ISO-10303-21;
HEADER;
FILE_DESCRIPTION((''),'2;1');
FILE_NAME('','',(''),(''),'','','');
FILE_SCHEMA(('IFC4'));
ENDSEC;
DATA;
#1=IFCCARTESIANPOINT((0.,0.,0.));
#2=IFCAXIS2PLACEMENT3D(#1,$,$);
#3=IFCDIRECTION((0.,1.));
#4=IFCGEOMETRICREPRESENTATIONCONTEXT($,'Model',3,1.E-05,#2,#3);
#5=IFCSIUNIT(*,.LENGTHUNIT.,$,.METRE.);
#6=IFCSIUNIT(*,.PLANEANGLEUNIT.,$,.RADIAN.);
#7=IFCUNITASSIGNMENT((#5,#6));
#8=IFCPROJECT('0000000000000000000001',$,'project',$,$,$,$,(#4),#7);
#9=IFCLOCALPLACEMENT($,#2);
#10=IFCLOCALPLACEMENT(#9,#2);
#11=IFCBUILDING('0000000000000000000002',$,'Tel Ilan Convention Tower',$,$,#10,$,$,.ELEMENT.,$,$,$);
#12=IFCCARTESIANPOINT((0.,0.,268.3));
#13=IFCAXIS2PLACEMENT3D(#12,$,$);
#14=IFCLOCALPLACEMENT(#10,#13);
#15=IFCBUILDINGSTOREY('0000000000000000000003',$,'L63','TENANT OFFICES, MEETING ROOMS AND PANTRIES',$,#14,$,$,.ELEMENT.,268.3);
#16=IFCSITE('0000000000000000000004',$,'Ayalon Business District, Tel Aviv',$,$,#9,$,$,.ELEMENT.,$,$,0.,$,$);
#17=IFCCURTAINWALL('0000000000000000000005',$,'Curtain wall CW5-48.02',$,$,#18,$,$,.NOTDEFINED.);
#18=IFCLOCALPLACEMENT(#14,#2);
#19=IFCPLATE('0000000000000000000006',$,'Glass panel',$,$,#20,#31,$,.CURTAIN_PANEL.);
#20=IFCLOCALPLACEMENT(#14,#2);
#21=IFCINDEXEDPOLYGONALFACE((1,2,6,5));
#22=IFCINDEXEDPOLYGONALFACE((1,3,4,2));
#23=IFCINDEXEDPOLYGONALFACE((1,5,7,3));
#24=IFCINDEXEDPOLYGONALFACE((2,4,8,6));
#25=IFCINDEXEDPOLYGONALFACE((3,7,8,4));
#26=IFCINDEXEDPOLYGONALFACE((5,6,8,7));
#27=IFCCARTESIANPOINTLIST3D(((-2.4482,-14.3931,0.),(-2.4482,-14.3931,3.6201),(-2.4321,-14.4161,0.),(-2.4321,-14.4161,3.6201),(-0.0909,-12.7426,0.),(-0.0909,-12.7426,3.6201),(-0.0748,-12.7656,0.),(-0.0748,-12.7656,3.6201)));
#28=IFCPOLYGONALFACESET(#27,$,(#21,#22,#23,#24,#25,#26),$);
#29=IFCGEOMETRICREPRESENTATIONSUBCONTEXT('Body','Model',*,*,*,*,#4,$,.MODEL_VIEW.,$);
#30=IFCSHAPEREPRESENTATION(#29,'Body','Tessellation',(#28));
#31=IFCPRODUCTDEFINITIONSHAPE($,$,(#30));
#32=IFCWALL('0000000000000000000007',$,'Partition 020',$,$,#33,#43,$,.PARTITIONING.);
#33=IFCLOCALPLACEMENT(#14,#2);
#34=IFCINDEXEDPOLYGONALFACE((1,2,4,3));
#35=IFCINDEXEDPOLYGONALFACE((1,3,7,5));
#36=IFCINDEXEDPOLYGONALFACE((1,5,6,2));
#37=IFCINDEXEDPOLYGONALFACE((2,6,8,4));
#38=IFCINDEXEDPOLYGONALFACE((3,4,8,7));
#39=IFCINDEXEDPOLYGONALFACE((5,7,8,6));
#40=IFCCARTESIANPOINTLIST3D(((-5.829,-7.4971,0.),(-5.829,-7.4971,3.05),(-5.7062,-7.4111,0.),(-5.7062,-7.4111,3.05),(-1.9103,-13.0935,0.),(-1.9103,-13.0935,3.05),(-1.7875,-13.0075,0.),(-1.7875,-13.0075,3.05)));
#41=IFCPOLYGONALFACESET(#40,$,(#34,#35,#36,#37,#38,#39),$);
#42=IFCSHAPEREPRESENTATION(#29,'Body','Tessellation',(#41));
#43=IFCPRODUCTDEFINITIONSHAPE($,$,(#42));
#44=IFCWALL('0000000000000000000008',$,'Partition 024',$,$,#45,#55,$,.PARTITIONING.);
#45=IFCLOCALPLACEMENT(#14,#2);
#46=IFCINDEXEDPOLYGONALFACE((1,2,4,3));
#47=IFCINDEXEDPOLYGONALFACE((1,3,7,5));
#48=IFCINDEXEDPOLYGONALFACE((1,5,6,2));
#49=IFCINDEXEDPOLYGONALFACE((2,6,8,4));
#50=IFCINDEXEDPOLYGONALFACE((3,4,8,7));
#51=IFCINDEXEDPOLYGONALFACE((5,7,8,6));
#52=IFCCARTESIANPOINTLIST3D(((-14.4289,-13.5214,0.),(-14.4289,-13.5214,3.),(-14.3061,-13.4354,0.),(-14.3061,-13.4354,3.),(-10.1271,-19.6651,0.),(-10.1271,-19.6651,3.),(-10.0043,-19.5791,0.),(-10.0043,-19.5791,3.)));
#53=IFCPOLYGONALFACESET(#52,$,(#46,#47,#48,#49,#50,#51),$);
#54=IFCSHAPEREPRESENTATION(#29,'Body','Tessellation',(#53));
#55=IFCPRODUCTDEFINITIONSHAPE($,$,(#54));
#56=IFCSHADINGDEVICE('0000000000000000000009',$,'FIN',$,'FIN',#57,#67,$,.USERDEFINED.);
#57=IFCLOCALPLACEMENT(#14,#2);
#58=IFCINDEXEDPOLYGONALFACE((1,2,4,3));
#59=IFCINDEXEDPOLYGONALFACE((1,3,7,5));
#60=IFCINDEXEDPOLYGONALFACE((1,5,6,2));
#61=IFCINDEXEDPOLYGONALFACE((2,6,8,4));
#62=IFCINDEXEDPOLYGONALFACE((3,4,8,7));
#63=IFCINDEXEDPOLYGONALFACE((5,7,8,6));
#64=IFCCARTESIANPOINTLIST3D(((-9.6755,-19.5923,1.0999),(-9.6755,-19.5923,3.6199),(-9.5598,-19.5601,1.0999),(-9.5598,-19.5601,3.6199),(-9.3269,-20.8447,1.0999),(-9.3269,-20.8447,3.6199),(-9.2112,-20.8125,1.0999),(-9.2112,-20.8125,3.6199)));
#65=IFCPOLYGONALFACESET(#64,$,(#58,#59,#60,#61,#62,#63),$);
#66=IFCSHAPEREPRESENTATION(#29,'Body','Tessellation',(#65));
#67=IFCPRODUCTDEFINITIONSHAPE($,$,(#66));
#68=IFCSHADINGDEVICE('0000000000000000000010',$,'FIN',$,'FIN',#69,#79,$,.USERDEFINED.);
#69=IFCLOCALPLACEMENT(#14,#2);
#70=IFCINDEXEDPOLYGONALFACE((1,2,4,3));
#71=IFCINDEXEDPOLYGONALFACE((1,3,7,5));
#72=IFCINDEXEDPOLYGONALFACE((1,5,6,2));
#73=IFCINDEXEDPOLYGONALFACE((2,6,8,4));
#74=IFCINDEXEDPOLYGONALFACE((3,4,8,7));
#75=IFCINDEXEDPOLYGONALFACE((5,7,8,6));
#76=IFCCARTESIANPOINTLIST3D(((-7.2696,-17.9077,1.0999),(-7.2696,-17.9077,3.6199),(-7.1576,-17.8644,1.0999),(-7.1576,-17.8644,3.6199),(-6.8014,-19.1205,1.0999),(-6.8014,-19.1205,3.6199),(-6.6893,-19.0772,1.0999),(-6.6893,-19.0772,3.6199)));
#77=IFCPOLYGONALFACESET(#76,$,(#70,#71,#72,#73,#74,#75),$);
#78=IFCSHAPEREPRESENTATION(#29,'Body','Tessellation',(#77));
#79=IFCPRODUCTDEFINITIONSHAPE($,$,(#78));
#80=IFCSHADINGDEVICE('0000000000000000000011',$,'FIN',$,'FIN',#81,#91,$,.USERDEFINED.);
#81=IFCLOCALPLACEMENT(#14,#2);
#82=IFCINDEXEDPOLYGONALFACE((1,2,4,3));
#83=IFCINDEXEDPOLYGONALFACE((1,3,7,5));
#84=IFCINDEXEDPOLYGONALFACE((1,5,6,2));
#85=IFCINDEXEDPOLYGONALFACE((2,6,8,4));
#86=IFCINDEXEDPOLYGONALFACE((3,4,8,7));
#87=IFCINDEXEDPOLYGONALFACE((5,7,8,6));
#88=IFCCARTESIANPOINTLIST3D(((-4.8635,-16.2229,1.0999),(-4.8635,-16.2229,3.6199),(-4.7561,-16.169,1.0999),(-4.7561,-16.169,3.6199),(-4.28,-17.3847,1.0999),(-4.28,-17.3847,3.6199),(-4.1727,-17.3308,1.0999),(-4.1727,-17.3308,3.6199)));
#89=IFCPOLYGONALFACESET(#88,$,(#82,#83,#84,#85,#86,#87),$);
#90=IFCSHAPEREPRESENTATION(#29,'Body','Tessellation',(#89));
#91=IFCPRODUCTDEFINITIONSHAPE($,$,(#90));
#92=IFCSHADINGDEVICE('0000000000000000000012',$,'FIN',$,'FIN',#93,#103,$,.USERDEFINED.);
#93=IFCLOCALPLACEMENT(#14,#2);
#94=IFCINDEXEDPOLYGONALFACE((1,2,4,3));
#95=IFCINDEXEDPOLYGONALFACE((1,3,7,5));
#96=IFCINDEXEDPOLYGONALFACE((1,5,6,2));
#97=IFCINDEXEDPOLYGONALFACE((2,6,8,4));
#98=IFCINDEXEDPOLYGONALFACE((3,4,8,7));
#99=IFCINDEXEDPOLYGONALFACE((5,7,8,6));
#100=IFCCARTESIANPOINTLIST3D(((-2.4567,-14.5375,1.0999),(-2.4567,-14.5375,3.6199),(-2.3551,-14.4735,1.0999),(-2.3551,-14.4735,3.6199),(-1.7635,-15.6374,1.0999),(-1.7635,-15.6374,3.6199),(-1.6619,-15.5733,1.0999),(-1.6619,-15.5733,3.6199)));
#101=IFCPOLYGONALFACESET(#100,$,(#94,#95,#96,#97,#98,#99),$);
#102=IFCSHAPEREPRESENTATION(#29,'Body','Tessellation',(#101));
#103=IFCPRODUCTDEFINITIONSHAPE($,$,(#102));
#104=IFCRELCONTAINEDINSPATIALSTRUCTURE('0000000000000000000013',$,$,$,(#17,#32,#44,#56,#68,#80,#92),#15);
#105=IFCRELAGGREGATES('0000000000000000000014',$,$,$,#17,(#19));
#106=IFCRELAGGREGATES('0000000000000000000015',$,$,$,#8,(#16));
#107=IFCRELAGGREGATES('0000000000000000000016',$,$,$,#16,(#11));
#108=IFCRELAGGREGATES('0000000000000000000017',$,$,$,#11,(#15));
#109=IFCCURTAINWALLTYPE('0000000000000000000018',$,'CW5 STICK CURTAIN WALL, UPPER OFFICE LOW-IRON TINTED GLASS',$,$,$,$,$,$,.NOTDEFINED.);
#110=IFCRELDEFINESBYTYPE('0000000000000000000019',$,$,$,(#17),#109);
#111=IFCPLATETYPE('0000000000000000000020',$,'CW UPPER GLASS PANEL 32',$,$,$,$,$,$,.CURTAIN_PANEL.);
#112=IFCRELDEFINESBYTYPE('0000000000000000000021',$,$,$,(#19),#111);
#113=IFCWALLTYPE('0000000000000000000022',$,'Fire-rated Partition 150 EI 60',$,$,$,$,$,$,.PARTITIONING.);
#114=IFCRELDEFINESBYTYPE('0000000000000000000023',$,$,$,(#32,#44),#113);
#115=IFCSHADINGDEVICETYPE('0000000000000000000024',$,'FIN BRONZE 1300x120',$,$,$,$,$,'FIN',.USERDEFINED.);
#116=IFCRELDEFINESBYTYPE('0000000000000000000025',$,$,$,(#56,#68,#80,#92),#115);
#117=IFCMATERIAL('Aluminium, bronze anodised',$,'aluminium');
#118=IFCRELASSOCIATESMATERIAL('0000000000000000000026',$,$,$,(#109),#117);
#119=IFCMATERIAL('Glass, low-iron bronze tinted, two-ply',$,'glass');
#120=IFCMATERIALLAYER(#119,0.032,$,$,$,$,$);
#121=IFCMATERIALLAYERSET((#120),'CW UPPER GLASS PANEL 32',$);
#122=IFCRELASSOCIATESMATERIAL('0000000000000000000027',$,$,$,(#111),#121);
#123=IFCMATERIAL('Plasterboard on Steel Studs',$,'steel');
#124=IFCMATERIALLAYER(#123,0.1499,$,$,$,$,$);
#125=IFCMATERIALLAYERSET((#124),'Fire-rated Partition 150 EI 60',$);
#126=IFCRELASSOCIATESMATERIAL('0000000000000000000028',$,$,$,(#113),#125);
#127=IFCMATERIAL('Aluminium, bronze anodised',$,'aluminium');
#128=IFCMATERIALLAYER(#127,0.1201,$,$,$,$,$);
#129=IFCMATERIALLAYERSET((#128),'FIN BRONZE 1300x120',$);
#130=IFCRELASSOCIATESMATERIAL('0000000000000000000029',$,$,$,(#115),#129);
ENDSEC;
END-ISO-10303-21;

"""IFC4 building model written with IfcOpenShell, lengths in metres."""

from ifc_helpers import new_model, si_unit, direction, frame, frame_2d, origin, origin_2d, place, context, subcontext, project, spatial, rectangle, extrude, material, layer, layer_set, type_object, element, aggregate, save


model = new_model("IFC4")

# Units and contexts
model_context = context("Model", 3, precision=1e-05, world=origin(), true_north=direction((0.0, 1.0)))
body_context = subcontext(model_context, "Body", "Model", "MODEL_VIEW")
ifc_project = project(units=[si_unit("LENGTHUNIT", "METRE"), si_unit("PLANEANGLEUNIT", "RADIAN")], contexts=[model_context])

# Site, building, storey
site_placement = place(None, origin())
site = spatial("IfcSite", under=ifc_project, at=site_placement, Name="Ayalon Business District, Tel Aviv", CompositionType="ELEMENT", RefElevation=0.0)
building_placement = place(site_placement, origin())
building = spatial("IfcBuilding", under=site, at=building_placement, Name="Tel Ilan Convention Tower", CompositionType="ELEMENT")
storey_placement = place(building_placement, frame((0.0, 0.0, 268.3)))
storey = spatial("IfcBuildingStorey", under=building, at=storey_placement, Name="L63", Description="TENANT OFFICES, MEETING ROOMS AND PANTRIES", CompositionType="ELEMENT", Elevation=268.3)

# Curtain wall, plate
ifc_material_1 = material(Name="Aluminium, bronze anodised", Category="aluminium")
curtain_wall_type = type_object("IfcCurtainWallType", Name="CW5 STICK CURTAIN WALL, UPPER OFFICE LOW-IRON TINTED GLASS", PredefinedType="NOTDEFINED", material=ifc_material_1)
curtain_wall_placement = place(storey_placement, origin())
curtain_wall = element("IfcCurtainWall", 1, at=curtain_wall_placement, inside=storey, type_object=curtain_wall_type, Name="Curtain wall CW5-48.02", PredefinedType="NOTDEFINED")
ifc_material_2 = material(Name="Glass, low-iron bronze tinted, two-ply", Category="glass")
ifc_layer_1 = layer(ifc_material_2, 0.032)
ifc_layer_set_1 = layer_set([ifc_layer_1], Name="CW UPPER GLASS PANEL 32")
plate_type = type_object("IfcPlateType", Name="CW UPPER GLASS PANEL 32", PredefinedType="CURTAIN_PANEL", material=ifc_layer_set_1)
plate_1_placement = place(storey_placement, frame((-1.2615, -13.5793, 0.0), z_axis=(0.0, 0.0, 1.0), x_axis=(0.819152, 0.573576, 0.0)))
plate_1 = element("IfcPlate", 2, at=plate_1_placement, type_object=plate_type, Name="Glass panel", PredefinedType="CURTAIN_PANEL", context=body_context, shape_type="SweptSolid", body=[
    extrude(rectangle(XDim=2.8777, YDim=0.0281, at=origin_2d()), origin(), (0.0, 0.0, 1.0), 3.6201),
])
aggregate(curtain_wall, [plate_1])

# Walls
ifc_material_3 = material(Name="Plasterboard on Steel Studs", Category="steel")
ifc_layer_2 = layer(ifc_material_3, 0.1499)
ifc_layer_set_2 = layer_set([ifc_layer_2], Name="Fire-rated Partition 150 EI 60")
wall_type = type_object("IfcWallType", Name="Fire-rated Partition 150 EI 60", PredefinedType="PARTITIONING", material=ifc_layer_set_2)
wall_1_placement = place(storey_placement, frame((-1.8489, -13.0505, 0.0), z_axis=(0.0, 0.0, 1.0), x_axis=(-0.57358, 0.81915, 0.0)))
element("IfcWall", 3, at=wall_1_placement, inside=storey, type_object=wall_type, Name="Partition 020", PredefinedType="PARTITIONING", context=body_context, shape_type="SweptSolid", body=[
    extrude(rectangle(XDim=6.832, YDim=0.1499, at=frame_2d((3.416, 0.0))), origin(), (0.0, 0.0, 1.0), 3.05),
])
wall_2_placement = place(storey_placement, frame((-10.0657, -19.6221, 0.0), z_axis=(0.0, 0.0, 1.0), x_axis=(-0.573576, 0.819152, 0.0)))
element("IfcWall", 4, at=wall_2_placement, inside=storey, type_object=wall_type, Name="Partition 024", PredefinedType="PARTITIONING", context=body_context, shape_type="SweptSolid", body=[
    extrude(rectangle(XDim=7.5, YDim=0.1499, at=frame_2d((3.75, 0.0))), origin(), (0.0, 0.0, 1.0), 3.0),
])

# Shading devices
ifc_material_4 = material(Name="Aluminium, bronze anodised", Category="aluminium")
ifc_layer_3 = layer(ifc_material_4, 0.1201)
ifc_layer_set_3 = layer_set([ifc_layer_3], Name="FIN BRONZE 1300x120")
shading_device_type = type_object("IfcShadingDeviceType", Name="FIN BRONZE 1300x120", ElementType="FIN", PredefinedType="USERDEFINED", material=ifc_layer_set_3)
for number, where, z_axis, x_axis, name in (
    (5, (-9.4434, -20.2024, 1.0999), (0.0, 0.0, 1.0), (0.268173, -0.963371, 0.0), "FIN"),
    (6, (-6.9795, -18.4924, 1.0999), (0.0, 0.0, 1.0), (0.360178, -0.932884, 0.0), "FIN"),
    (7, (-4.5181, -16.7769, 1.0999), (0.0, 0.0, 1.0), (0.448799, -0.893633, 0.0), "FIN"),
    (8, (-2.0593, -15.0554, 1.0999), (0.0, 0.0, 1.0), (0.533204, -0.845986, 0.0), "FIN"),
):
    element("IfcShadingDevice", number, at=place(storey_placement, frame(where, z_axis=z_axis, x_axis=x_axis)), inside=storey, type_object=shading_device_type, Name=name, ObjectType="FIN", PredefinedType="USERDEFINED", context=body_context, shape_type="SweptSolid", body=[
        extrude(rectangle(XDim=1.3, YDim=0.1201, at=origin_2d()), origin(), (0.0, 0.0, 1.0), 2.52),
    ])

save(model, "model.ifc")
